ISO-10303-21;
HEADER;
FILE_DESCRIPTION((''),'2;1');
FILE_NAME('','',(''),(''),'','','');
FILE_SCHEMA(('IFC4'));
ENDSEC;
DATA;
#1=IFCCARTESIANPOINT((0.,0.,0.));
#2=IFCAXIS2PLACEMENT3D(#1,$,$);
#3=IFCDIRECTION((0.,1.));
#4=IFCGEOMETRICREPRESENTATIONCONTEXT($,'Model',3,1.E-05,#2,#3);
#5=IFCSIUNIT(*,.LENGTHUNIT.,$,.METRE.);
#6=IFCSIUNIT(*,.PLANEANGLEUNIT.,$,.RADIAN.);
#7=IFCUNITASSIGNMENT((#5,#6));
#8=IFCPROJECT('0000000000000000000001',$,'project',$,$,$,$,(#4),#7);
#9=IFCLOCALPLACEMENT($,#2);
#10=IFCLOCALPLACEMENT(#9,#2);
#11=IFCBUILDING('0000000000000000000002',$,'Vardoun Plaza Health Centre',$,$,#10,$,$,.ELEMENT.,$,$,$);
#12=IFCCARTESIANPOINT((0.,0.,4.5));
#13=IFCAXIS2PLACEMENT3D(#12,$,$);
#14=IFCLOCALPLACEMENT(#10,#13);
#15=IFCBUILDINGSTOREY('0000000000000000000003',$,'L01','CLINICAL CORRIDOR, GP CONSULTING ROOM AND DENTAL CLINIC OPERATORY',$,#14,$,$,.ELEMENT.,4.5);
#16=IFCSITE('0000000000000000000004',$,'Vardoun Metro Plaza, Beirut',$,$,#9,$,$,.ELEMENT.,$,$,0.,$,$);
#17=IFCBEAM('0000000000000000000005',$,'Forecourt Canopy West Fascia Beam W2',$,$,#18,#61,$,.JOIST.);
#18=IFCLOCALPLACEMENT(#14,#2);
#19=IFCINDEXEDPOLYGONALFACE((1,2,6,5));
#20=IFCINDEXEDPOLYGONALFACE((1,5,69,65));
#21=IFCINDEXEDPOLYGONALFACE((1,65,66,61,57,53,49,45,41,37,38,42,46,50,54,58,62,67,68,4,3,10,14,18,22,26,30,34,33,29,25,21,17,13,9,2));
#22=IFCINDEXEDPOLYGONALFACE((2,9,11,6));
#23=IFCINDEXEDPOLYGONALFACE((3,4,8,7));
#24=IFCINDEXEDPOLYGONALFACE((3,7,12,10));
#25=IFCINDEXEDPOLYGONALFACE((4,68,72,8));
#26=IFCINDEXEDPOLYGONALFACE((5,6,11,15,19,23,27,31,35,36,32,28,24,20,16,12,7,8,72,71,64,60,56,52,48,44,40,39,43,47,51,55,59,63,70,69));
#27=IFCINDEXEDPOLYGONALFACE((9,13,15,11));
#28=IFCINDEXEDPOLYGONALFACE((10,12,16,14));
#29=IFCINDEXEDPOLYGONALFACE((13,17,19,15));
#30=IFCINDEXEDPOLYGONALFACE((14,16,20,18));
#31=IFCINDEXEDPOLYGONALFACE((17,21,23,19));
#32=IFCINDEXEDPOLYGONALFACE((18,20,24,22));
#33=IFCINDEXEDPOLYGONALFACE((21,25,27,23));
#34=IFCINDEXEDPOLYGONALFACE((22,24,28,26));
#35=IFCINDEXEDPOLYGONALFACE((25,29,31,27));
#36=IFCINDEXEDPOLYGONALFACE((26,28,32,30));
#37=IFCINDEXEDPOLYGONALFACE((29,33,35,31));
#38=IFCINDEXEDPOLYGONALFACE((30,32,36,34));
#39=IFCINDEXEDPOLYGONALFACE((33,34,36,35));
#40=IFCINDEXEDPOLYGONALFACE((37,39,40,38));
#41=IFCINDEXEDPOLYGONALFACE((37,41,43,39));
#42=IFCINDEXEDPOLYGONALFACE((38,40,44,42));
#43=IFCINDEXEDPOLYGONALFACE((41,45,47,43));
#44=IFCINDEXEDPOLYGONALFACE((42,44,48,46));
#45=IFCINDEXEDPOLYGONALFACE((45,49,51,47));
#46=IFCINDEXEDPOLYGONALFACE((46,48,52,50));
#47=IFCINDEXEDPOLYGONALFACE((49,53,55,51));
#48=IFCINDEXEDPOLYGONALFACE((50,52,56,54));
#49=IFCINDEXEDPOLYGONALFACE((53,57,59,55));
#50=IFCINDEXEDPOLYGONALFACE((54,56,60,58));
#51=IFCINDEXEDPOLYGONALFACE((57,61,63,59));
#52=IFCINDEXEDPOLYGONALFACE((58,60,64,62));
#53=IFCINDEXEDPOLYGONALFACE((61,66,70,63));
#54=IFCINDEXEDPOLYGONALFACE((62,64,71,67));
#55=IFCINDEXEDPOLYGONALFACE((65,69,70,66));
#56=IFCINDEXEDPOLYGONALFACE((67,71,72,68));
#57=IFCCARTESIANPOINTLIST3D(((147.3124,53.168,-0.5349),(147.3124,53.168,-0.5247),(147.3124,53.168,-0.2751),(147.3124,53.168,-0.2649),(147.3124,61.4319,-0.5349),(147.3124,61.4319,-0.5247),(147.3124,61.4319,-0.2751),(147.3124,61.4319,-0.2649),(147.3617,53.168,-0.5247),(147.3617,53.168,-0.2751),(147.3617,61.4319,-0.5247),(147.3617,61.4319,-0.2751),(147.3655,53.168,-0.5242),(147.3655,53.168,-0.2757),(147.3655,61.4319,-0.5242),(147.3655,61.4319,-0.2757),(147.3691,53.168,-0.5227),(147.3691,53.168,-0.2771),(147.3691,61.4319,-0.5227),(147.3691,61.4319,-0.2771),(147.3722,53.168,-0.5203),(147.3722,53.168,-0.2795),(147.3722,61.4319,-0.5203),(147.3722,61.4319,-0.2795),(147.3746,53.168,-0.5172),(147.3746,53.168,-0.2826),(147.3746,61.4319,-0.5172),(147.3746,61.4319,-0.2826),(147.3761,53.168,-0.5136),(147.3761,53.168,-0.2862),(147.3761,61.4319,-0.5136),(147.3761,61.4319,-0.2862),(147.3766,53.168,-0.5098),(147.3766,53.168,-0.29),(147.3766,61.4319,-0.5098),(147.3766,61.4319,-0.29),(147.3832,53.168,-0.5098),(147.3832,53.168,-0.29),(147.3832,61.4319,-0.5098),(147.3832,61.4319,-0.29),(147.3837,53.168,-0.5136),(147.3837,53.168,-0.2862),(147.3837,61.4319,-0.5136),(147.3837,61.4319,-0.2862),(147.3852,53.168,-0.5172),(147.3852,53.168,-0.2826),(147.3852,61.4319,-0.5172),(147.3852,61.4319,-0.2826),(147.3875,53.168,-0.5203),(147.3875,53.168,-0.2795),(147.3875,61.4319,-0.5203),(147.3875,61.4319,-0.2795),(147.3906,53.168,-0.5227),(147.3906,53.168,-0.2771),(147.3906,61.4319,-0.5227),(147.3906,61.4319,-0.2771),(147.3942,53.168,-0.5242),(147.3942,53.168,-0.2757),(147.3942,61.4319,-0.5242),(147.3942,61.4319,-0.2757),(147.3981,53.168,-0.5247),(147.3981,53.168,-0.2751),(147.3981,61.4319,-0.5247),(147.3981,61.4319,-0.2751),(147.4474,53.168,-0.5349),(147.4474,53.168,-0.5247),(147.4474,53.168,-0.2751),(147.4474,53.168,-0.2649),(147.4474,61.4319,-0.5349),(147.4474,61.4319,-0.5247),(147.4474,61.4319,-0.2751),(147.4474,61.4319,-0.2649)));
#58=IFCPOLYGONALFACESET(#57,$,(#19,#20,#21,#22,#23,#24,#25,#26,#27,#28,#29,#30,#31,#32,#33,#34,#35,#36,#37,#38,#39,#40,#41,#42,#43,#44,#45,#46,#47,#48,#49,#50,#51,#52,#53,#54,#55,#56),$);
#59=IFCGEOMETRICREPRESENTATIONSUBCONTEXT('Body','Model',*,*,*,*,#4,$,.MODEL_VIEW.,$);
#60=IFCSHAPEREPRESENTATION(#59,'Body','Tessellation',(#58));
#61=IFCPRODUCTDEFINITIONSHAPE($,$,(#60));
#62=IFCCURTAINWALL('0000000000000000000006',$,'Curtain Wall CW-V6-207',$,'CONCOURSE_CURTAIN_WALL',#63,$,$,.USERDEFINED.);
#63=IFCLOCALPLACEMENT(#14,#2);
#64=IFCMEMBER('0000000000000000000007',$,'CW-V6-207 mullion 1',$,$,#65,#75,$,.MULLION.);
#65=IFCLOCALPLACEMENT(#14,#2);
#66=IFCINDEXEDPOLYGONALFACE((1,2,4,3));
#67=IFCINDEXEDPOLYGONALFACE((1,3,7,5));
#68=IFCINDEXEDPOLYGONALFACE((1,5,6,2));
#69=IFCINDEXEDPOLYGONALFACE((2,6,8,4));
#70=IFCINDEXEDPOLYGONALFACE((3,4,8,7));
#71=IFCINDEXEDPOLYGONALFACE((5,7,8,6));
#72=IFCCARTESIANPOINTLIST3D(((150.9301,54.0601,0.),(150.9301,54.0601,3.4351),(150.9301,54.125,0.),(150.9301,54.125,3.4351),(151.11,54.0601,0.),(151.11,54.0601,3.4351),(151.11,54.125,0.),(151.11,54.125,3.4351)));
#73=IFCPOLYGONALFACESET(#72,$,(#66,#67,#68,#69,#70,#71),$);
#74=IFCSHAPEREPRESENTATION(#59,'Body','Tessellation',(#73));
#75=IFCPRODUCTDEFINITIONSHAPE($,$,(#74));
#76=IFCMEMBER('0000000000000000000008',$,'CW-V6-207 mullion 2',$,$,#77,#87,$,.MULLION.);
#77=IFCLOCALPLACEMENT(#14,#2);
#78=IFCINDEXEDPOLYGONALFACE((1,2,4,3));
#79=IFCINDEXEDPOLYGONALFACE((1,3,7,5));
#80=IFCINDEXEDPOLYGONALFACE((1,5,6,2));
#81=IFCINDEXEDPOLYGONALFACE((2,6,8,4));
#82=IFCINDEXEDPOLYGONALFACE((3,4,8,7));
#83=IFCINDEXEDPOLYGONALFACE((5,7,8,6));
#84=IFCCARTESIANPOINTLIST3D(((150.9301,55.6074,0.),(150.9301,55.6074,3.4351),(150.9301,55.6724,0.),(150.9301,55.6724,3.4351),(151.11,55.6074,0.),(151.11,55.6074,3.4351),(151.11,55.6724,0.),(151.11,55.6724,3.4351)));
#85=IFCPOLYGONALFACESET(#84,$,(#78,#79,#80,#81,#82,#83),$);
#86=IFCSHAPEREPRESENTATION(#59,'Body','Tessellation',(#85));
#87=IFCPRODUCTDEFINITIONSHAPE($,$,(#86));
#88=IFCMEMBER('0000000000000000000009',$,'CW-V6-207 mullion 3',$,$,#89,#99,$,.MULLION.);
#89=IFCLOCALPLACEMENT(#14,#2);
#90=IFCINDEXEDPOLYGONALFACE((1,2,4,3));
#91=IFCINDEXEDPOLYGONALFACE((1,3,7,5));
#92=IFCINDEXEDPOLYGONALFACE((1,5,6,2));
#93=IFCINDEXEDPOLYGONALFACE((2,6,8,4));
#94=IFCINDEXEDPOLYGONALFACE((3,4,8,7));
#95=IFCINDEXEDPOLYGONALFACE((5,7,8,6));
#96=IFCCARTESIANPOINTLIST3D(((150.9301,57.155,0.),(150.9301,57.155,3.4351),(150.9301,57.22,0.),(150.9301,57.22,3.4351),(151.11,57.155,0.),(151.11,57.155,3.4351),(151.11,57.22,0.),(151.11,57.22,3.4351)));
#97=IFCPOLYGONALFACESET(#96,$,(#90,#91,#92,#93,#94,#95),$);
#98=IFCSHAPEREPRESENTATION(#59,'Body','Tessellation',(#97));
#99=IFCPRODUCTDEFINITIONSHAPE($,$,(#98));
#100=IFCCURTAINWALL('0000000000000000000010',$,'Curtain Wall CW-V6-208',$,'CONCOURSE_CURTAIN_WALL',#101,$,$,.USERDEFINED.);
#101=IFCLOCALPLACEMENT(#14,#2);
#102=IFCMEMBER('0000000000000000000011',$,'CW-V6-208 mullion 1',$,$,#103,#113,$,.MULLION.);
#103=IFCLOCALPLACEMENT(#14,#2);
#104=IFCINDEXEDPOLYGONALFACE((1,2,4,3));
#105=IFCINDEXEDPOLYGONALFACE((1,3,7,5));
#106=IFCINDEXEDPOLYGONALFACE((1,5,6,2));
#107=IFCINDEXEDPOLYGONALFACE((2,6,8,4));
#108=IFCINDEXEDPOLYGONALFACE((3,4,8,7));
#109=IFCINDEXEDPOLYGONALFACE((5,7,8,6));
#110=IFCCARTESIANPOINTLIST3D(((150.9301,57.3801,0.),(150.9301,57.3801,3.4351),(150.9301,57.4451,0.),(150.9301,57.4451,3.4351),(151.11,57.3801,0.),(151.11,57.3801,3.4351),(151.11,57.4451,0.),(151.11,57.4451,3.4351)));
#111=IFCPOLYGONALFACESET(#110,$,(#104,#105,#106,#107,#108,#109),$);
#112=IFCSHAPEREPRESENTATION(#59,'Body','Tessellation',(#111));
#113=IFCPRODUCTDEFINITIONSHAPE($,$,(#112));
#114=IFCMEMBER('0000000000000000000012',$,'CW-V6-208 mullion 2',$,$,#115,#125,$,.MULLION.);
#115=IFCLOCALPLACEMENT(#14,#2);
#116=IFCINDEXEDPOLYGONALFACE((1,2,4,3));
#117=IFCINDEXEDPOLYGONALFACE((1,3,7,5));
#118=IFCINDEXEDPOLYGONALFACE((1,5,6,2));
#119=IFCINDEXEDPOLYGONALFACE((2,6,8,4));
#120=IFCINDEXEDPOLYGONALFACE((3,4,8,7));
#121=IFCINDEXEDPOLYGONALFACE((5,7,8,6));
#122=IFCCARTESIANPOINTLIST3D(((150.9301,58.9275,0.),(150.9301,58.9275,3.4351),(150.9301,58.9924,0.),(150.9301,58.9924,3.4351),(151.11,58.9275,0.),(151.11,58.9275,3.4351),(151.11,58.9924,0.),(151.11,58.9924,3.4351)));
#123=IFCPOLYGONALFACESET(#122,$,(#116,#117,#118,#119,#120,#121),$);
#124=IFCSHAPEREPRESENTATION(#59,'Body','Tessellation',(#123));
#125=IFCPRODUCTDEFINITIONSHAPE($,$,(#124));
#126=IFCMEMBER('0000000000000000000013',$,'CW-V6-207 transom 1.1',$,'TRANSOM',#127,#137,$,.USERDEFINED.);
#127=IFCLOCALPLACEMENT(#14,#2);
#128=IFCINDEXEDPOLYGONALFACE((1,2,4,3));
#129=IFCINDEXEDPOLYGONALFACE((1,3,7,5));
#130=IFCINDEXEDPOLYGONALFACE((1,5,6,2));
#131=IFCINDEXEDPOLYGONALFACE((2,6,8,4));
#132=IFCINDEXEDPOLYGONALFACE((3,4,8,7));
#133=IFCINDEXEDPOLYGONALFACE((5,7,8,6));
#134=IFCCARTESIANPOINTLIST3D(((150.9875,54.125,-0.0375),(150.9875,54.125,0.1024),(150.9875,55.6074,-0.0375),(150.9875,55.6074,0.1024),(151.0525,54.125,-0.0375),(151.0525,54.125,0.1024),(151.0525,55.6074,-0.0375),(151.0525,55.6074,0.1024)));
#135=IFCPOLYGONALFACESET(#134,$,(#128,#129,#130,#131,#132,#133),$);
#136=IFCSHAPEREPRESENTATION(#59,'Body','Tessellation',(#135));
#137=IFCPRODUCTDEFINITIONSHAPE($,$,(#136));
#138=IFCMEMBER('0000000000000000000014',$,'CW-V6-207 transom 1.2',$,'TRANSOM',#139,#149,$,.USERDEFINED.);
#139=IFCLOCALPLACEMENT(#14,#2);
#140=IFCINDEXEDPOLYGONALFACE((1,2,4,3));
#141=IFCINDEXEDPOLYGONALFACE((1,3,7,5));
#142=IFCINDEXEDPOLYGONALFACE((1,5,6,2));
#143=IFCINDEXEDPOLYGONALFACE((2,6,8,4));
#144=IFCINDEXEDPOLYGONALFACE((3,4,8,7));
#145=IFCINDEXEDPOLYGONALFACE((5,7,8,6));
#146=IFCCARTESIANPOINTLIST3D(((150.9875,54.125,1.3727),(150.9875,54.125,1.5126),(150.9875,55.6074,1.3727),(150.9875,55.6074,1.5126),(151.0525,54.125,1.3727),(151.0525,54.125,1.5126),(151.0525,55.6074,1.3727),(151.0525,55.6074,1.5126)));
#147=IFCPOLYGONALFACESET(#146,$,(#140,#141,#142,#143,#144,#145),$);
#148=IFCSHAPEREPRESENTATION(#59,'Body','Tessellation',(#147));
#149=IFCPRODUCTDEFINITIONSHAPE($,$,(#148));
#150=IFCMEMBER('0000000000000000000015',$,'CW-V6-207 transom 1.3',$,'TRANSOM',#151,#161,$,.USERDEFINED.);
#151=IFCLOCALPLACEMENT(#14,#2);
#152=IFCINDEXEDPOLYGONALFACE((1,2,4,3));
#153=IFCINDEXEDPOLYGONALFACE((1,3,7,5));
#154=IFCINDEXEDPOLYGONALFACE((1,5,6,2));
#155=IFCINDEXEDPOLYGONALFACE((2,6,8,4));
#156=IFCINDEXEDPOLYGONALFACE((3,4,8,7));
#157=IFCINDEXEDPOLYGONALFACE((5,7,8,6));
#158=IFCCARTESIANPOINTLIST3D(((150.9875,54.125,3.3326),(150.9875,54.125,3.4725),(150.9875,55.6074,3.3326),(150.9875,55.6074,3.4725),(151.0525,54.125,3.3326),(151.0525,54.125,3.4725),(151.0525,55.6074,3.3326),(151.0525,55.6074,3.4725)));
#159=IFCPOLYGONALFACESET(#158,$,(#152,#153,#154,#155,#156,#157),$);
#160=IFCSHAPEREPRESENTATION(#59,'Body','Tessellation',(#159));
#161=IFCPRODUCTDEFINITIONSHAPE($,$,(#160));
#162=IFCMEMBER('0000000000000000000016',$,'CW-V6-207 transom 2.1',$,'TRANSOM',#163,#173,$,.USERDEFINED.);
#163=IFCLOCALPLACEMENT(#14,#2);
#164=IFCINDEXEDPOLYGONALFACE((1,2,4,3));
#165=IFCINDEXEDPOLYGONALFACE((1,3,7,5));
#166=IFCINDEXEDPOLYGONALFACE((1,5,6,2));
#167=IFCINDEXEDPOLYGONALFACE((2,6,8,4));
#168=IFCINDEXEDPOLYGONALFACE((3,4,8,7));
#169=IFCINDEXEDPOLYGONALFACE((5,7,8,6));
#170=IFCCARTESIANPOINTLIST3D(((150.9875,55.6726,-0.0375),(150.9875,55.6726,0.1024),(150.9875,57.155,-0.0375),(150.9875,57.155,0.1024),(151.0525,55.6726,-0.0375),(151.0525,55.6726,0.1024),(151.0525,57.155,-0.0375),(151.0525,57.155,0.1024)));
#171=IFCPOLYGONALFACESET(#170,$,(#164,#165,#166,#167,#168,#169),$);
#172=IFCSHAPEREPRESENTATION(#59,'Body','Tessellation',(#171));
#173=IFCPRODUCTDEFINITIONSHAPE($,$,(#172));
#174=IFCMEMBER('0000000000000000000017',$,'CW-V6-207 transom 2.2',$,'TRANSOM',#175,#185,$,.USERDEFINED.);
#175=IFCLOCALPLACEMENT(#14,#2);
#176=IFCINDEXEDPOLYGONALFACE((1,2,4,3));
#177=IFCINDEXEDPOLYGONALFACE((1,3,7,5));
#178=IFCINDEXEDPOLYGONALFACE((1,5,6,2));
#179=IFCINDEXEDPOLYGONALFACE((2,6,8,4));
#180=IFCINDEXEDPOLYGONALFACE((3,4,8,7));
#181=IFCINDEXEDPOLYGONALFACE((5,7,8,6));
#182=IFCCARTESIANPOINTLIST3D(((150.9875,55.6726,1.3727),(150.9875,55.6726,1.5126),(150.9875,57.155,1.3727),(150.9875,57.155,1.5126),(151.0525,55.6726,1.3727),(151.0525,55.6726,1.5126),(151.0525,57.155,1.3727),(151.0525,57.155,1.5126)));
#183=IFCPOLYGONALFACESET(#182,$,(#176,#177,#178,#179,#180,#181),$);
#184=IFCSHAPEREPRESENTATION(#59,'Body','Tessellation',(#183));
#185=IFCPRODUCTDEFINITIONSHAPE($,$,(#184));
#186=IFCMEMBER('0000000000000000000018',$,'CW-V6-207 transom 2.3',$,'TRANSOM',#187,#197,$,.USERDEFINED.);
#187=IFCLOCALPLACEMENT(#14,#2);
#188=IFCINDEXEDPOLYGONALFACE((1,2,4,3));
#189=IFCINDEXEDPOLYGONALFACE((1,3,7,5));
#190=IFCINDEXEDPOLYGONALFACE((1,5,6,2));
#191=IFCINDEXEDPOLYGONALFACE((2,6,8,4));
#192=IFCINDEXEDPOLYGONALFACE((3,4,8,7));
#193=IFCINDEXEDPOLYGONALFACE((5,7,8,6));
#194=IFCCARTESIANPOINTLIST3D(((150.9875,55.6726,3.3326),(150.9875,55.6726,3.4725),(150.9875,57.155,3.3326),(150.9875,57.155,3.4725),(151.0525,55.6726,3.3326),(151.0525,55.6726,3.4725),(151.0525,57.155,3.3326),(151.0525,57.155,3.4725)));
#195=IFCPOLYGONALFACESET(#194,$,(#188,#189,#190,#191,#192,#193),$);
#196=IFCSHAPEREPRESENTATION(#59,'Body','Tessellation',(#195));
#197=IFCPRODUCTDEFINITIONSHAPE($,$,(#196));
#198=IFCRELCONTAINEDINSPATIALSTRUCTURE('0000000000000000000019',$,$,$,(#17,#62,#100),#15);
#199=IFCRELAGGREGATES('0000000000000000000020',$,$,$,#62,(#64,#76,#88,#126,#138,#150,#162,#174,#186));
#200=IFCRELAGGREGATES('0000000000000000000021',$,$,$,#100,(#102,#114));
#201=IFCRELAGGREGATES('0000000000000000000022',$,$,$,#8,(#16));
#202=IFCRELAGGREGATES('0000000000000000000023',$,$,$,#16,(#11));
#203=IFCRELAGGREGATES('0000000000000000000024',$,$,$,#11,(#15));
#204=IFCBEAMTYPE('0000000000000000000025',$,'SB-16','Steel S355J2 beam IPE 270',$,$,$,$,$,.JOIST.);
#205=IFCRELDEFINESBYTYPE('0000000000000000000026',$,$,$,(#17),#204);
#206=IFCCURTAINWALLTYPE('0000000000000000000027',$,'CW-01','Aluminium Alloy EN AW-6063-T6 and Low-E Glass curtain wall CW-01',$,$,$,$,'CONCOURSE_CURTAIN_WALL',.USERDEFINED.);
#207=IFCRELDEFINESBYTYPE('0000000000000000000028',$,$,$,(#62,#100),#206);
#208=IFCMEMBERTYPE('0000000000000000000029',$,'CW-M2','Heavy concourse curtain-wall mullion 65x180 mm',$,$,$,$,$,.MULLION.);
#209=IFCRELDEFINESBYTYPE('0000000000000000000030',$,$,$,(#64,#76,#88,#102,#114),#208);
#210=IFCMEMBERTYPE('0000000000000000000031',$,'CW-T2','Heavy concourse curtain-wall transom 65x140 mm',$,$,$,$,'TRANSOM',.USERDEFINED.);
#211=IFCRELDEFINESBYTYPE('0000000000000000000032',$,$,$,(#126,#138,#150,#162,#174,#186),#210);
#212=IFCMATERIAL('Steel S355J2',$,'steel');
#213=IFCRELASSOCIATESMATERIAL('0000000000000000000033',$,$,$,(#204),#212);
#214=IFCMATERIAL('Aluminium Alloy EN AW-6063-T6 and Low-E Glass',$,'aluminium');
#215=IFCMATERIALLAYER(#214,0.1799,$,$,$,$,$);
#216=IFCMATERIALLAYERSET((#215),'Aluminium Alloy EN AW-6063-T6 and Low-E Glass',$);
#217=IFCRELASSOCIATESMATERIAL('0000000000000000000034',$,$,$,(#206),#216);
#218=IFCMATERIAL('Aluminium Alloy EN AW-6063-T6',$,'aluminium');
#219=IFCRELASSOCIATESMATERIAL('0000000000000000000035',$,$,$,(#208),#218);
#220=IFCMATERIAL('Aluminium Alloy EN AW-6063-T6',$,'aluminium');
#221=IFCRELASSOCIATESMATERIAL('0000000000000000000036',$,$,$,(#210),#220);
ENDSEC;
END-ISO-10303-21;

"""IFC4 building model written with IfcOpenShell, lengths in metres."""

from ifc_helpers import new_model, si_unit, direction, frame, origin, origin_2d, place, context, subcontext, project, spatial, rectangle, i_section, extrude, material, layer, layer_set, material_profile, profile_set, type_object, element, aggregate, save


model = new_model("IFC4")

# Units and contexts
model_context = context("Model", 3, precision=1e-05, world=origin(), true_north=direction((0.0, 1.0)))
body_context = subcontext(model_context, "Body", "Model", "MODEL_VIEW")
ifc_project = project(units=[si_unit("LENGTHUNIT", "METRE"), si_unit("PLANEANGLEUNIT", "RADIAN")], contexts=[model_context])

# Site, building, storey
site_placement = place(None, origin())
site = spatial("IfcSite", under=ifc_project, at=site_placement, Name="Vardoun Metro Plaza, Beirut", CompositionType="ELEMENT", RefElevation=0.0)
building_placement = place(site_placement, origin())
building = spatial("IfcBuilding", under=site, at=building_placement, Name="Vardoun Plaza Health Centre", CompositionType="ELEMENT")
storey_placement = place(building_placement, frame((0.0, 0.0, 4.5)))
storey = spatial("IfcBuildingStorey", under=building, at=storey_placement, Name="L01", Description="CLINICAL CORRIDOR, GP CONSULTING ROOM AND DENTAL CLINIC OPERATORY", CompositionType="ELEMENT", Elevation=4.5)

# Beam
ifc_material_1 = material(Name="Steel S355J2", Category="steel")
ifc_material_profile_1 = material_profile(ifc_material_1, i_section(OverallWidth=0.135, OverallDepth=0.27, WebThickness=0.0066, FlangeThickness=0.0103, FilletRadius=0.0149, at=origin_2d()), Name="IPE 270")
ifc_profile_set_1 = profile_set([ifc_material_profile_1], Name="Steel S355J2")
beam_type = type_object("IfcBeamType", Name="SB-16", Description="Steel S355J2 beam IPE 270", PredefinedType="JOIST", material=ifc_profile_set_1)
beam_placement = place(storey_placement, frame((147.3799, 53.168, -0.3999), z_axis=(0.0, 1.0, 0.0), x_axis=(-1.0, 0.0, 0.0)))
element("IfcBeam", 1, at=beam_placement, inside=storey, type_object=beam_type, Name="Forecourt Canopy West Fascia Beam W2", PredefinedType="JOIST", context=body_context, shape_type="SweptSolid", body=[
    extrude(i_section(OverallWidth=0.135, OverallDepth=0.27, WebThickness=0.0066, FlangeThickness=0.0103, FilletRadius=0.0149, at=origin_2d()), origin(), (0.0, 0.0, 1.0), 8.2639),
])

# Curtain walls, members
ifc_material_2 = material(Name="Aluminium Alloy EN AW-6063-T6 and Low-E Glass", Category="aluminium")
ifc_layer_1 = layer(ifc_material_2, 0.1799)
ifc_layer_set_1 = layer_set([ifc_layer_1], Name="Aluminium Alloy EN AW-6063-T6 and Low-E Glass")
curtain_wall_type = type_object("IfcCurtainWallType", Name="CW-01", Description="Aluminium Alloy EN AW-6063-T6 and Low-E Glass curtain wall CW-01", ElementType="CONCOURSE_CURTAIN_WALL", PredefinedType="USERDEFINED", material=ifc_layer_set_1)
curtain_wall_1_placement = place(storey_placement, origin())
curtain_wall_1 = element("IfcCurtainWall", 2, at=curtain_wall_1_placement, inside=storey, type_object=curtain_wall_type, Name="Curtain Wall CW-V6-207", ObjectType="CONCOURSE_CURTAIN_WALL", PredefinedType="USERDEFINED")
ifc_material_3 = material(Name="Aluminium Alloy EN AW-6063-T6", Category="aluminium")
ifc_material_profile_2 = material_profile(ifc_material_3, rectangle(XDim=0.1799, YDim=0.0649, at=origin_2d()), Name="CWM 65x180")
ifc_profile_set_2 = profile_set([ifc_material_profile_2], Name="Aluminium Alloy EN AW-6063-T6")
member_type_1 = type_object("IfcMemberType", Name="CW-M2", Description="Heavy concourse curtain-wall mullion 65x180 mm", PredefinedType="MULLION", material=ifc_profile_set_2)
member_1_placement = place(storey_placement, frame((151.02, 54.0925, 0.0), z_axis=(0.0, 0.0, 1.0), x_axis=(-1.0, 0.0, 0.0)))
member_1 = element("IfcMember", 3, at=member_1_placement, type_object=member_type_1, Name="CW-V6-207 mullion 1", PredefinedType="MULLION", context=body_context, shape_type="SweptSolid", body=[
    extrude(rectangle(XDim=0.1799, YDim=0.0649, at=origin_2d()), origin(), (0.0, 0.0, 1.0), 3.4351),
])
member_2_placement = place(storey_placement, frame((151.02, 55.6399, 0.0), z_axis=(0.0, 0.0, 1.0), x_axis=(-1.0, 0.0, 0.0)))
member_2 = element("IfcMember", 4, at=member_2_placement, type_object=member_type_1, Name="CW-V6-207 mullion 2", PredefinedType="MULLION", context=body_context, shape_type="SweptSolid", body=[
    extrude(rectangle(XDim=0.1799, YDim=0.0649, at=origin_2d()), origin(), (0.0, 0.0, 1.0), 3.4351),
])
member_3_placement = place(storey_placement, frame((151.02, 57.1875, 0.0), z_axis=(0.0, 0.0, 1.0), x_axis=(-1.0, 0.0, 0.0)))
member_3 = element("IfcMember", 5, at=member_3_placement, type_object=member_type_1, Name="CW-V6-207 mullion 3", PredefinedType="MULLION", context=body_context, shape_type="SweptSolid", body=[
    extrude(rectangle(XDim=0.1799, YDim=0.0649, at=origin_2d()), origin(), (0.0, 0.0, 1.0), 3.4351),
])
curtain_wall_2_placement = place(storey_placement, origin())
curtain_wall_2 = element("IfcCurtainWall", 6, at=curtain_wall_2_placement, inside=storey, type_object=curtain_wall_type, Name="Curtain Wall CW-V6-208", ObjectType="CONCOURSE_CURTAIN_WALL", PredefinedType="USERDEFINED")
member_4_placement = place(storey_placement, frame((151.02, 57.4126, 0.0), z_axis=(0.0, 0.0, 1.0), x_axis=(-1.0, 0.0, 0.0)))
member_4 = element("IfcMember", 7, at=member_4_placement, type_object=member_type_1, Name="CW-V6-208 mullion 1", PredefinedType="MULLION", context=body_context, shape_type="SweptSolid", body=[
    extrude(rectangle(XDim=0.1799, YDim=0.0649, at=origin_2d()), origin(), (0.0, 0.0, 1.0), 3.4351),
])
member_5_placement = place(storey_placement, frame((151.02, 58.96, 0.0), z_axis=(0.0, 0.0, 1.0), x_axis=(-1.0, 0.0, 0.0)))
member_5 = element("IfcMember", 8, at=member_5_placement, type_object=member_type_1, Name="CW-V6-208 mullion 2", PredefinedType="MULLION", context=body_context, shape_type="SweptSolid", body=[
    extrude(rectangle(XDim=0.1799, YDim=0.0649, at=origin_2d()), origin(), (0.0, 0.0, 1.0), 3.4351),
])

# Members
ifc_material_4 = material(Name="Aluminium Alloy EN AW-6063-T6", Category="aluminium")
ifc_material_profile_3 = material_profile(ifc_material_4, rectangle(XDim=0.0649, YDim=0.1399, at=origin_2d()), Name="CWT 65x140")
ifc_profile_set_3 = profile_set([ifc_material_profile_3], Name="Aluminium Alloy EN AW-6063-T6")
member_type_2 = type_object("IfcMemberType", Name="CW-T2", Description="Heavy concourse curtain-wall transom 65x140 mm", ElementType="TRANSOM", PredefinedType="USERDEFINED", material=ifc_profile_set_3)
member_6_placement = place(storey_placement, frame((151.02, 54.125, 0.0325), z_axis=(0.0, 1.0, 0.0), x_axis=(-1.0, 0.0, 0.0)))
member_6 = element("IfcMember", 9, at=member_6_placement, type_object=member_type_2, Name="CW-V6-207 transom 1.1", ObjectType="TRANSOM", PredefinedType="USERDEFINED", context=body_context, shape_type="SweptSolid", body=[
    extrude(rectangle(XDim=0.0649, YDim=0.1399, at=origin_2d()), origin(), (0.0, 0.0, 1.0), 1.4824),
])
member_7_placement = place(storey_placement, frame((151.02, 54.125, 1.4426), z_axis=(0.0, 1.0, 0.0), x_axis=(-1.0, 0.0, 0.0)))
member_7 = element("IfcMember", 10, at=member_7_placement, type_object=member_type_2, Name="CW-V6-207 transom 1.2", ObjectType="TRANSOM", PredefinedType="USERDEFINED", context=body_context, shape_type="SweptSolid", body=[
    extrude(rectangle(XDim=0.0649, YDim=0.1399, at=origin_2d()), origin(), (0.0, 0.0, 1.0), 1.4824),
])
member_8_placement = place(storey_placement, frame((151.02, 54.125, 3.4026), z_axis=(0.0, 1.0, 0.0), x_axis=(-1.0, 0.0, 0.0)))
member_8 = element("IfcMember", 11, at=member_8_placement, type_object=member_type_2, Name="CW-V6-207 transom 1.3", ObjectType="TRANSOM", PredefinedType="USERDEFINED", context=body_context, shape_type="SweptSolid", body=[
    extrude(rectangle(XDim=0.0649, YDim=0.1399, at=origin_2d()), origin(), (0.0, 0.0, 1.0), 1.4824),
])
member_9_placement = place(storey_placement, frame((151.02, 55.6726, 0.0325), z_axis=(0.0, 1.0, 0.0), x_axis=(-1.0, 0.0, 0.0)))
member_9 = element("IfcMember", 12, at=member_9_placement, type_object=member_type_2, Name="CW-V6-207 transom 2.1", ObjectType="TRANSOM", PredefinedType="USERDEFINED", context=body_context, shape_type="SweptSolid", body=[
    extrude(rectangle(XDim=0.0649, YDim=0.1399, at=origin_2d()), origin(), (0.0, 0.0, 1.0), 1.4824),
])
member_10_placement = place(storey_placement, frame((151.02, 55.6726, 1.4426), z_axis=(0.0, 1.0, 0.0), x_axis=(-1.0, 0.0, 0.0)))
member_10 = element("IfcMember", 13, at=member_10_placement, type_object=member_type_2, Name="CW-V6-207 transom 2.2", ObjectType="TRANSOM", PredefinedType="USERDEFINED", context=body_context, shape_type="SweptSolid", body=[
    extrude(rectangle(XDim=0.0649, YDim=0.1399, at=origin_2d()), origin(), (0.0, 0.0, 1.0), 1.4824),
])
member_11_placement = place(storey_placement, frame((151.02, 55.6726, 3.4026), z_axis=(0.0, 1.0, 0.0), x_axis=(-1.0, 0.0, 0.0)))
member_11 = element("IfcMember", 14, at=member_11_placement, type_object=member_type_2, Name="CW-V6-207 transom 2.3", ObjectType="TRANSOM", PredefinedType="USERDEFINED", context=body_context, shape_type="SweptSolid", body=[
    extrude(rectangle(XDim=0.0649, YDim=0.1399, at=origin_2d()), origin(), (0.0, 0.0, 1.0), 1.4824),
])

aggregate(curtain_wall_1, [member_1, member_2, member_3, member_6, member_7, member_8, member_9, member_10, member_11])
aggregate(curtain_wall_2, [member_4, member_5])

save(model, "model.ifc")
